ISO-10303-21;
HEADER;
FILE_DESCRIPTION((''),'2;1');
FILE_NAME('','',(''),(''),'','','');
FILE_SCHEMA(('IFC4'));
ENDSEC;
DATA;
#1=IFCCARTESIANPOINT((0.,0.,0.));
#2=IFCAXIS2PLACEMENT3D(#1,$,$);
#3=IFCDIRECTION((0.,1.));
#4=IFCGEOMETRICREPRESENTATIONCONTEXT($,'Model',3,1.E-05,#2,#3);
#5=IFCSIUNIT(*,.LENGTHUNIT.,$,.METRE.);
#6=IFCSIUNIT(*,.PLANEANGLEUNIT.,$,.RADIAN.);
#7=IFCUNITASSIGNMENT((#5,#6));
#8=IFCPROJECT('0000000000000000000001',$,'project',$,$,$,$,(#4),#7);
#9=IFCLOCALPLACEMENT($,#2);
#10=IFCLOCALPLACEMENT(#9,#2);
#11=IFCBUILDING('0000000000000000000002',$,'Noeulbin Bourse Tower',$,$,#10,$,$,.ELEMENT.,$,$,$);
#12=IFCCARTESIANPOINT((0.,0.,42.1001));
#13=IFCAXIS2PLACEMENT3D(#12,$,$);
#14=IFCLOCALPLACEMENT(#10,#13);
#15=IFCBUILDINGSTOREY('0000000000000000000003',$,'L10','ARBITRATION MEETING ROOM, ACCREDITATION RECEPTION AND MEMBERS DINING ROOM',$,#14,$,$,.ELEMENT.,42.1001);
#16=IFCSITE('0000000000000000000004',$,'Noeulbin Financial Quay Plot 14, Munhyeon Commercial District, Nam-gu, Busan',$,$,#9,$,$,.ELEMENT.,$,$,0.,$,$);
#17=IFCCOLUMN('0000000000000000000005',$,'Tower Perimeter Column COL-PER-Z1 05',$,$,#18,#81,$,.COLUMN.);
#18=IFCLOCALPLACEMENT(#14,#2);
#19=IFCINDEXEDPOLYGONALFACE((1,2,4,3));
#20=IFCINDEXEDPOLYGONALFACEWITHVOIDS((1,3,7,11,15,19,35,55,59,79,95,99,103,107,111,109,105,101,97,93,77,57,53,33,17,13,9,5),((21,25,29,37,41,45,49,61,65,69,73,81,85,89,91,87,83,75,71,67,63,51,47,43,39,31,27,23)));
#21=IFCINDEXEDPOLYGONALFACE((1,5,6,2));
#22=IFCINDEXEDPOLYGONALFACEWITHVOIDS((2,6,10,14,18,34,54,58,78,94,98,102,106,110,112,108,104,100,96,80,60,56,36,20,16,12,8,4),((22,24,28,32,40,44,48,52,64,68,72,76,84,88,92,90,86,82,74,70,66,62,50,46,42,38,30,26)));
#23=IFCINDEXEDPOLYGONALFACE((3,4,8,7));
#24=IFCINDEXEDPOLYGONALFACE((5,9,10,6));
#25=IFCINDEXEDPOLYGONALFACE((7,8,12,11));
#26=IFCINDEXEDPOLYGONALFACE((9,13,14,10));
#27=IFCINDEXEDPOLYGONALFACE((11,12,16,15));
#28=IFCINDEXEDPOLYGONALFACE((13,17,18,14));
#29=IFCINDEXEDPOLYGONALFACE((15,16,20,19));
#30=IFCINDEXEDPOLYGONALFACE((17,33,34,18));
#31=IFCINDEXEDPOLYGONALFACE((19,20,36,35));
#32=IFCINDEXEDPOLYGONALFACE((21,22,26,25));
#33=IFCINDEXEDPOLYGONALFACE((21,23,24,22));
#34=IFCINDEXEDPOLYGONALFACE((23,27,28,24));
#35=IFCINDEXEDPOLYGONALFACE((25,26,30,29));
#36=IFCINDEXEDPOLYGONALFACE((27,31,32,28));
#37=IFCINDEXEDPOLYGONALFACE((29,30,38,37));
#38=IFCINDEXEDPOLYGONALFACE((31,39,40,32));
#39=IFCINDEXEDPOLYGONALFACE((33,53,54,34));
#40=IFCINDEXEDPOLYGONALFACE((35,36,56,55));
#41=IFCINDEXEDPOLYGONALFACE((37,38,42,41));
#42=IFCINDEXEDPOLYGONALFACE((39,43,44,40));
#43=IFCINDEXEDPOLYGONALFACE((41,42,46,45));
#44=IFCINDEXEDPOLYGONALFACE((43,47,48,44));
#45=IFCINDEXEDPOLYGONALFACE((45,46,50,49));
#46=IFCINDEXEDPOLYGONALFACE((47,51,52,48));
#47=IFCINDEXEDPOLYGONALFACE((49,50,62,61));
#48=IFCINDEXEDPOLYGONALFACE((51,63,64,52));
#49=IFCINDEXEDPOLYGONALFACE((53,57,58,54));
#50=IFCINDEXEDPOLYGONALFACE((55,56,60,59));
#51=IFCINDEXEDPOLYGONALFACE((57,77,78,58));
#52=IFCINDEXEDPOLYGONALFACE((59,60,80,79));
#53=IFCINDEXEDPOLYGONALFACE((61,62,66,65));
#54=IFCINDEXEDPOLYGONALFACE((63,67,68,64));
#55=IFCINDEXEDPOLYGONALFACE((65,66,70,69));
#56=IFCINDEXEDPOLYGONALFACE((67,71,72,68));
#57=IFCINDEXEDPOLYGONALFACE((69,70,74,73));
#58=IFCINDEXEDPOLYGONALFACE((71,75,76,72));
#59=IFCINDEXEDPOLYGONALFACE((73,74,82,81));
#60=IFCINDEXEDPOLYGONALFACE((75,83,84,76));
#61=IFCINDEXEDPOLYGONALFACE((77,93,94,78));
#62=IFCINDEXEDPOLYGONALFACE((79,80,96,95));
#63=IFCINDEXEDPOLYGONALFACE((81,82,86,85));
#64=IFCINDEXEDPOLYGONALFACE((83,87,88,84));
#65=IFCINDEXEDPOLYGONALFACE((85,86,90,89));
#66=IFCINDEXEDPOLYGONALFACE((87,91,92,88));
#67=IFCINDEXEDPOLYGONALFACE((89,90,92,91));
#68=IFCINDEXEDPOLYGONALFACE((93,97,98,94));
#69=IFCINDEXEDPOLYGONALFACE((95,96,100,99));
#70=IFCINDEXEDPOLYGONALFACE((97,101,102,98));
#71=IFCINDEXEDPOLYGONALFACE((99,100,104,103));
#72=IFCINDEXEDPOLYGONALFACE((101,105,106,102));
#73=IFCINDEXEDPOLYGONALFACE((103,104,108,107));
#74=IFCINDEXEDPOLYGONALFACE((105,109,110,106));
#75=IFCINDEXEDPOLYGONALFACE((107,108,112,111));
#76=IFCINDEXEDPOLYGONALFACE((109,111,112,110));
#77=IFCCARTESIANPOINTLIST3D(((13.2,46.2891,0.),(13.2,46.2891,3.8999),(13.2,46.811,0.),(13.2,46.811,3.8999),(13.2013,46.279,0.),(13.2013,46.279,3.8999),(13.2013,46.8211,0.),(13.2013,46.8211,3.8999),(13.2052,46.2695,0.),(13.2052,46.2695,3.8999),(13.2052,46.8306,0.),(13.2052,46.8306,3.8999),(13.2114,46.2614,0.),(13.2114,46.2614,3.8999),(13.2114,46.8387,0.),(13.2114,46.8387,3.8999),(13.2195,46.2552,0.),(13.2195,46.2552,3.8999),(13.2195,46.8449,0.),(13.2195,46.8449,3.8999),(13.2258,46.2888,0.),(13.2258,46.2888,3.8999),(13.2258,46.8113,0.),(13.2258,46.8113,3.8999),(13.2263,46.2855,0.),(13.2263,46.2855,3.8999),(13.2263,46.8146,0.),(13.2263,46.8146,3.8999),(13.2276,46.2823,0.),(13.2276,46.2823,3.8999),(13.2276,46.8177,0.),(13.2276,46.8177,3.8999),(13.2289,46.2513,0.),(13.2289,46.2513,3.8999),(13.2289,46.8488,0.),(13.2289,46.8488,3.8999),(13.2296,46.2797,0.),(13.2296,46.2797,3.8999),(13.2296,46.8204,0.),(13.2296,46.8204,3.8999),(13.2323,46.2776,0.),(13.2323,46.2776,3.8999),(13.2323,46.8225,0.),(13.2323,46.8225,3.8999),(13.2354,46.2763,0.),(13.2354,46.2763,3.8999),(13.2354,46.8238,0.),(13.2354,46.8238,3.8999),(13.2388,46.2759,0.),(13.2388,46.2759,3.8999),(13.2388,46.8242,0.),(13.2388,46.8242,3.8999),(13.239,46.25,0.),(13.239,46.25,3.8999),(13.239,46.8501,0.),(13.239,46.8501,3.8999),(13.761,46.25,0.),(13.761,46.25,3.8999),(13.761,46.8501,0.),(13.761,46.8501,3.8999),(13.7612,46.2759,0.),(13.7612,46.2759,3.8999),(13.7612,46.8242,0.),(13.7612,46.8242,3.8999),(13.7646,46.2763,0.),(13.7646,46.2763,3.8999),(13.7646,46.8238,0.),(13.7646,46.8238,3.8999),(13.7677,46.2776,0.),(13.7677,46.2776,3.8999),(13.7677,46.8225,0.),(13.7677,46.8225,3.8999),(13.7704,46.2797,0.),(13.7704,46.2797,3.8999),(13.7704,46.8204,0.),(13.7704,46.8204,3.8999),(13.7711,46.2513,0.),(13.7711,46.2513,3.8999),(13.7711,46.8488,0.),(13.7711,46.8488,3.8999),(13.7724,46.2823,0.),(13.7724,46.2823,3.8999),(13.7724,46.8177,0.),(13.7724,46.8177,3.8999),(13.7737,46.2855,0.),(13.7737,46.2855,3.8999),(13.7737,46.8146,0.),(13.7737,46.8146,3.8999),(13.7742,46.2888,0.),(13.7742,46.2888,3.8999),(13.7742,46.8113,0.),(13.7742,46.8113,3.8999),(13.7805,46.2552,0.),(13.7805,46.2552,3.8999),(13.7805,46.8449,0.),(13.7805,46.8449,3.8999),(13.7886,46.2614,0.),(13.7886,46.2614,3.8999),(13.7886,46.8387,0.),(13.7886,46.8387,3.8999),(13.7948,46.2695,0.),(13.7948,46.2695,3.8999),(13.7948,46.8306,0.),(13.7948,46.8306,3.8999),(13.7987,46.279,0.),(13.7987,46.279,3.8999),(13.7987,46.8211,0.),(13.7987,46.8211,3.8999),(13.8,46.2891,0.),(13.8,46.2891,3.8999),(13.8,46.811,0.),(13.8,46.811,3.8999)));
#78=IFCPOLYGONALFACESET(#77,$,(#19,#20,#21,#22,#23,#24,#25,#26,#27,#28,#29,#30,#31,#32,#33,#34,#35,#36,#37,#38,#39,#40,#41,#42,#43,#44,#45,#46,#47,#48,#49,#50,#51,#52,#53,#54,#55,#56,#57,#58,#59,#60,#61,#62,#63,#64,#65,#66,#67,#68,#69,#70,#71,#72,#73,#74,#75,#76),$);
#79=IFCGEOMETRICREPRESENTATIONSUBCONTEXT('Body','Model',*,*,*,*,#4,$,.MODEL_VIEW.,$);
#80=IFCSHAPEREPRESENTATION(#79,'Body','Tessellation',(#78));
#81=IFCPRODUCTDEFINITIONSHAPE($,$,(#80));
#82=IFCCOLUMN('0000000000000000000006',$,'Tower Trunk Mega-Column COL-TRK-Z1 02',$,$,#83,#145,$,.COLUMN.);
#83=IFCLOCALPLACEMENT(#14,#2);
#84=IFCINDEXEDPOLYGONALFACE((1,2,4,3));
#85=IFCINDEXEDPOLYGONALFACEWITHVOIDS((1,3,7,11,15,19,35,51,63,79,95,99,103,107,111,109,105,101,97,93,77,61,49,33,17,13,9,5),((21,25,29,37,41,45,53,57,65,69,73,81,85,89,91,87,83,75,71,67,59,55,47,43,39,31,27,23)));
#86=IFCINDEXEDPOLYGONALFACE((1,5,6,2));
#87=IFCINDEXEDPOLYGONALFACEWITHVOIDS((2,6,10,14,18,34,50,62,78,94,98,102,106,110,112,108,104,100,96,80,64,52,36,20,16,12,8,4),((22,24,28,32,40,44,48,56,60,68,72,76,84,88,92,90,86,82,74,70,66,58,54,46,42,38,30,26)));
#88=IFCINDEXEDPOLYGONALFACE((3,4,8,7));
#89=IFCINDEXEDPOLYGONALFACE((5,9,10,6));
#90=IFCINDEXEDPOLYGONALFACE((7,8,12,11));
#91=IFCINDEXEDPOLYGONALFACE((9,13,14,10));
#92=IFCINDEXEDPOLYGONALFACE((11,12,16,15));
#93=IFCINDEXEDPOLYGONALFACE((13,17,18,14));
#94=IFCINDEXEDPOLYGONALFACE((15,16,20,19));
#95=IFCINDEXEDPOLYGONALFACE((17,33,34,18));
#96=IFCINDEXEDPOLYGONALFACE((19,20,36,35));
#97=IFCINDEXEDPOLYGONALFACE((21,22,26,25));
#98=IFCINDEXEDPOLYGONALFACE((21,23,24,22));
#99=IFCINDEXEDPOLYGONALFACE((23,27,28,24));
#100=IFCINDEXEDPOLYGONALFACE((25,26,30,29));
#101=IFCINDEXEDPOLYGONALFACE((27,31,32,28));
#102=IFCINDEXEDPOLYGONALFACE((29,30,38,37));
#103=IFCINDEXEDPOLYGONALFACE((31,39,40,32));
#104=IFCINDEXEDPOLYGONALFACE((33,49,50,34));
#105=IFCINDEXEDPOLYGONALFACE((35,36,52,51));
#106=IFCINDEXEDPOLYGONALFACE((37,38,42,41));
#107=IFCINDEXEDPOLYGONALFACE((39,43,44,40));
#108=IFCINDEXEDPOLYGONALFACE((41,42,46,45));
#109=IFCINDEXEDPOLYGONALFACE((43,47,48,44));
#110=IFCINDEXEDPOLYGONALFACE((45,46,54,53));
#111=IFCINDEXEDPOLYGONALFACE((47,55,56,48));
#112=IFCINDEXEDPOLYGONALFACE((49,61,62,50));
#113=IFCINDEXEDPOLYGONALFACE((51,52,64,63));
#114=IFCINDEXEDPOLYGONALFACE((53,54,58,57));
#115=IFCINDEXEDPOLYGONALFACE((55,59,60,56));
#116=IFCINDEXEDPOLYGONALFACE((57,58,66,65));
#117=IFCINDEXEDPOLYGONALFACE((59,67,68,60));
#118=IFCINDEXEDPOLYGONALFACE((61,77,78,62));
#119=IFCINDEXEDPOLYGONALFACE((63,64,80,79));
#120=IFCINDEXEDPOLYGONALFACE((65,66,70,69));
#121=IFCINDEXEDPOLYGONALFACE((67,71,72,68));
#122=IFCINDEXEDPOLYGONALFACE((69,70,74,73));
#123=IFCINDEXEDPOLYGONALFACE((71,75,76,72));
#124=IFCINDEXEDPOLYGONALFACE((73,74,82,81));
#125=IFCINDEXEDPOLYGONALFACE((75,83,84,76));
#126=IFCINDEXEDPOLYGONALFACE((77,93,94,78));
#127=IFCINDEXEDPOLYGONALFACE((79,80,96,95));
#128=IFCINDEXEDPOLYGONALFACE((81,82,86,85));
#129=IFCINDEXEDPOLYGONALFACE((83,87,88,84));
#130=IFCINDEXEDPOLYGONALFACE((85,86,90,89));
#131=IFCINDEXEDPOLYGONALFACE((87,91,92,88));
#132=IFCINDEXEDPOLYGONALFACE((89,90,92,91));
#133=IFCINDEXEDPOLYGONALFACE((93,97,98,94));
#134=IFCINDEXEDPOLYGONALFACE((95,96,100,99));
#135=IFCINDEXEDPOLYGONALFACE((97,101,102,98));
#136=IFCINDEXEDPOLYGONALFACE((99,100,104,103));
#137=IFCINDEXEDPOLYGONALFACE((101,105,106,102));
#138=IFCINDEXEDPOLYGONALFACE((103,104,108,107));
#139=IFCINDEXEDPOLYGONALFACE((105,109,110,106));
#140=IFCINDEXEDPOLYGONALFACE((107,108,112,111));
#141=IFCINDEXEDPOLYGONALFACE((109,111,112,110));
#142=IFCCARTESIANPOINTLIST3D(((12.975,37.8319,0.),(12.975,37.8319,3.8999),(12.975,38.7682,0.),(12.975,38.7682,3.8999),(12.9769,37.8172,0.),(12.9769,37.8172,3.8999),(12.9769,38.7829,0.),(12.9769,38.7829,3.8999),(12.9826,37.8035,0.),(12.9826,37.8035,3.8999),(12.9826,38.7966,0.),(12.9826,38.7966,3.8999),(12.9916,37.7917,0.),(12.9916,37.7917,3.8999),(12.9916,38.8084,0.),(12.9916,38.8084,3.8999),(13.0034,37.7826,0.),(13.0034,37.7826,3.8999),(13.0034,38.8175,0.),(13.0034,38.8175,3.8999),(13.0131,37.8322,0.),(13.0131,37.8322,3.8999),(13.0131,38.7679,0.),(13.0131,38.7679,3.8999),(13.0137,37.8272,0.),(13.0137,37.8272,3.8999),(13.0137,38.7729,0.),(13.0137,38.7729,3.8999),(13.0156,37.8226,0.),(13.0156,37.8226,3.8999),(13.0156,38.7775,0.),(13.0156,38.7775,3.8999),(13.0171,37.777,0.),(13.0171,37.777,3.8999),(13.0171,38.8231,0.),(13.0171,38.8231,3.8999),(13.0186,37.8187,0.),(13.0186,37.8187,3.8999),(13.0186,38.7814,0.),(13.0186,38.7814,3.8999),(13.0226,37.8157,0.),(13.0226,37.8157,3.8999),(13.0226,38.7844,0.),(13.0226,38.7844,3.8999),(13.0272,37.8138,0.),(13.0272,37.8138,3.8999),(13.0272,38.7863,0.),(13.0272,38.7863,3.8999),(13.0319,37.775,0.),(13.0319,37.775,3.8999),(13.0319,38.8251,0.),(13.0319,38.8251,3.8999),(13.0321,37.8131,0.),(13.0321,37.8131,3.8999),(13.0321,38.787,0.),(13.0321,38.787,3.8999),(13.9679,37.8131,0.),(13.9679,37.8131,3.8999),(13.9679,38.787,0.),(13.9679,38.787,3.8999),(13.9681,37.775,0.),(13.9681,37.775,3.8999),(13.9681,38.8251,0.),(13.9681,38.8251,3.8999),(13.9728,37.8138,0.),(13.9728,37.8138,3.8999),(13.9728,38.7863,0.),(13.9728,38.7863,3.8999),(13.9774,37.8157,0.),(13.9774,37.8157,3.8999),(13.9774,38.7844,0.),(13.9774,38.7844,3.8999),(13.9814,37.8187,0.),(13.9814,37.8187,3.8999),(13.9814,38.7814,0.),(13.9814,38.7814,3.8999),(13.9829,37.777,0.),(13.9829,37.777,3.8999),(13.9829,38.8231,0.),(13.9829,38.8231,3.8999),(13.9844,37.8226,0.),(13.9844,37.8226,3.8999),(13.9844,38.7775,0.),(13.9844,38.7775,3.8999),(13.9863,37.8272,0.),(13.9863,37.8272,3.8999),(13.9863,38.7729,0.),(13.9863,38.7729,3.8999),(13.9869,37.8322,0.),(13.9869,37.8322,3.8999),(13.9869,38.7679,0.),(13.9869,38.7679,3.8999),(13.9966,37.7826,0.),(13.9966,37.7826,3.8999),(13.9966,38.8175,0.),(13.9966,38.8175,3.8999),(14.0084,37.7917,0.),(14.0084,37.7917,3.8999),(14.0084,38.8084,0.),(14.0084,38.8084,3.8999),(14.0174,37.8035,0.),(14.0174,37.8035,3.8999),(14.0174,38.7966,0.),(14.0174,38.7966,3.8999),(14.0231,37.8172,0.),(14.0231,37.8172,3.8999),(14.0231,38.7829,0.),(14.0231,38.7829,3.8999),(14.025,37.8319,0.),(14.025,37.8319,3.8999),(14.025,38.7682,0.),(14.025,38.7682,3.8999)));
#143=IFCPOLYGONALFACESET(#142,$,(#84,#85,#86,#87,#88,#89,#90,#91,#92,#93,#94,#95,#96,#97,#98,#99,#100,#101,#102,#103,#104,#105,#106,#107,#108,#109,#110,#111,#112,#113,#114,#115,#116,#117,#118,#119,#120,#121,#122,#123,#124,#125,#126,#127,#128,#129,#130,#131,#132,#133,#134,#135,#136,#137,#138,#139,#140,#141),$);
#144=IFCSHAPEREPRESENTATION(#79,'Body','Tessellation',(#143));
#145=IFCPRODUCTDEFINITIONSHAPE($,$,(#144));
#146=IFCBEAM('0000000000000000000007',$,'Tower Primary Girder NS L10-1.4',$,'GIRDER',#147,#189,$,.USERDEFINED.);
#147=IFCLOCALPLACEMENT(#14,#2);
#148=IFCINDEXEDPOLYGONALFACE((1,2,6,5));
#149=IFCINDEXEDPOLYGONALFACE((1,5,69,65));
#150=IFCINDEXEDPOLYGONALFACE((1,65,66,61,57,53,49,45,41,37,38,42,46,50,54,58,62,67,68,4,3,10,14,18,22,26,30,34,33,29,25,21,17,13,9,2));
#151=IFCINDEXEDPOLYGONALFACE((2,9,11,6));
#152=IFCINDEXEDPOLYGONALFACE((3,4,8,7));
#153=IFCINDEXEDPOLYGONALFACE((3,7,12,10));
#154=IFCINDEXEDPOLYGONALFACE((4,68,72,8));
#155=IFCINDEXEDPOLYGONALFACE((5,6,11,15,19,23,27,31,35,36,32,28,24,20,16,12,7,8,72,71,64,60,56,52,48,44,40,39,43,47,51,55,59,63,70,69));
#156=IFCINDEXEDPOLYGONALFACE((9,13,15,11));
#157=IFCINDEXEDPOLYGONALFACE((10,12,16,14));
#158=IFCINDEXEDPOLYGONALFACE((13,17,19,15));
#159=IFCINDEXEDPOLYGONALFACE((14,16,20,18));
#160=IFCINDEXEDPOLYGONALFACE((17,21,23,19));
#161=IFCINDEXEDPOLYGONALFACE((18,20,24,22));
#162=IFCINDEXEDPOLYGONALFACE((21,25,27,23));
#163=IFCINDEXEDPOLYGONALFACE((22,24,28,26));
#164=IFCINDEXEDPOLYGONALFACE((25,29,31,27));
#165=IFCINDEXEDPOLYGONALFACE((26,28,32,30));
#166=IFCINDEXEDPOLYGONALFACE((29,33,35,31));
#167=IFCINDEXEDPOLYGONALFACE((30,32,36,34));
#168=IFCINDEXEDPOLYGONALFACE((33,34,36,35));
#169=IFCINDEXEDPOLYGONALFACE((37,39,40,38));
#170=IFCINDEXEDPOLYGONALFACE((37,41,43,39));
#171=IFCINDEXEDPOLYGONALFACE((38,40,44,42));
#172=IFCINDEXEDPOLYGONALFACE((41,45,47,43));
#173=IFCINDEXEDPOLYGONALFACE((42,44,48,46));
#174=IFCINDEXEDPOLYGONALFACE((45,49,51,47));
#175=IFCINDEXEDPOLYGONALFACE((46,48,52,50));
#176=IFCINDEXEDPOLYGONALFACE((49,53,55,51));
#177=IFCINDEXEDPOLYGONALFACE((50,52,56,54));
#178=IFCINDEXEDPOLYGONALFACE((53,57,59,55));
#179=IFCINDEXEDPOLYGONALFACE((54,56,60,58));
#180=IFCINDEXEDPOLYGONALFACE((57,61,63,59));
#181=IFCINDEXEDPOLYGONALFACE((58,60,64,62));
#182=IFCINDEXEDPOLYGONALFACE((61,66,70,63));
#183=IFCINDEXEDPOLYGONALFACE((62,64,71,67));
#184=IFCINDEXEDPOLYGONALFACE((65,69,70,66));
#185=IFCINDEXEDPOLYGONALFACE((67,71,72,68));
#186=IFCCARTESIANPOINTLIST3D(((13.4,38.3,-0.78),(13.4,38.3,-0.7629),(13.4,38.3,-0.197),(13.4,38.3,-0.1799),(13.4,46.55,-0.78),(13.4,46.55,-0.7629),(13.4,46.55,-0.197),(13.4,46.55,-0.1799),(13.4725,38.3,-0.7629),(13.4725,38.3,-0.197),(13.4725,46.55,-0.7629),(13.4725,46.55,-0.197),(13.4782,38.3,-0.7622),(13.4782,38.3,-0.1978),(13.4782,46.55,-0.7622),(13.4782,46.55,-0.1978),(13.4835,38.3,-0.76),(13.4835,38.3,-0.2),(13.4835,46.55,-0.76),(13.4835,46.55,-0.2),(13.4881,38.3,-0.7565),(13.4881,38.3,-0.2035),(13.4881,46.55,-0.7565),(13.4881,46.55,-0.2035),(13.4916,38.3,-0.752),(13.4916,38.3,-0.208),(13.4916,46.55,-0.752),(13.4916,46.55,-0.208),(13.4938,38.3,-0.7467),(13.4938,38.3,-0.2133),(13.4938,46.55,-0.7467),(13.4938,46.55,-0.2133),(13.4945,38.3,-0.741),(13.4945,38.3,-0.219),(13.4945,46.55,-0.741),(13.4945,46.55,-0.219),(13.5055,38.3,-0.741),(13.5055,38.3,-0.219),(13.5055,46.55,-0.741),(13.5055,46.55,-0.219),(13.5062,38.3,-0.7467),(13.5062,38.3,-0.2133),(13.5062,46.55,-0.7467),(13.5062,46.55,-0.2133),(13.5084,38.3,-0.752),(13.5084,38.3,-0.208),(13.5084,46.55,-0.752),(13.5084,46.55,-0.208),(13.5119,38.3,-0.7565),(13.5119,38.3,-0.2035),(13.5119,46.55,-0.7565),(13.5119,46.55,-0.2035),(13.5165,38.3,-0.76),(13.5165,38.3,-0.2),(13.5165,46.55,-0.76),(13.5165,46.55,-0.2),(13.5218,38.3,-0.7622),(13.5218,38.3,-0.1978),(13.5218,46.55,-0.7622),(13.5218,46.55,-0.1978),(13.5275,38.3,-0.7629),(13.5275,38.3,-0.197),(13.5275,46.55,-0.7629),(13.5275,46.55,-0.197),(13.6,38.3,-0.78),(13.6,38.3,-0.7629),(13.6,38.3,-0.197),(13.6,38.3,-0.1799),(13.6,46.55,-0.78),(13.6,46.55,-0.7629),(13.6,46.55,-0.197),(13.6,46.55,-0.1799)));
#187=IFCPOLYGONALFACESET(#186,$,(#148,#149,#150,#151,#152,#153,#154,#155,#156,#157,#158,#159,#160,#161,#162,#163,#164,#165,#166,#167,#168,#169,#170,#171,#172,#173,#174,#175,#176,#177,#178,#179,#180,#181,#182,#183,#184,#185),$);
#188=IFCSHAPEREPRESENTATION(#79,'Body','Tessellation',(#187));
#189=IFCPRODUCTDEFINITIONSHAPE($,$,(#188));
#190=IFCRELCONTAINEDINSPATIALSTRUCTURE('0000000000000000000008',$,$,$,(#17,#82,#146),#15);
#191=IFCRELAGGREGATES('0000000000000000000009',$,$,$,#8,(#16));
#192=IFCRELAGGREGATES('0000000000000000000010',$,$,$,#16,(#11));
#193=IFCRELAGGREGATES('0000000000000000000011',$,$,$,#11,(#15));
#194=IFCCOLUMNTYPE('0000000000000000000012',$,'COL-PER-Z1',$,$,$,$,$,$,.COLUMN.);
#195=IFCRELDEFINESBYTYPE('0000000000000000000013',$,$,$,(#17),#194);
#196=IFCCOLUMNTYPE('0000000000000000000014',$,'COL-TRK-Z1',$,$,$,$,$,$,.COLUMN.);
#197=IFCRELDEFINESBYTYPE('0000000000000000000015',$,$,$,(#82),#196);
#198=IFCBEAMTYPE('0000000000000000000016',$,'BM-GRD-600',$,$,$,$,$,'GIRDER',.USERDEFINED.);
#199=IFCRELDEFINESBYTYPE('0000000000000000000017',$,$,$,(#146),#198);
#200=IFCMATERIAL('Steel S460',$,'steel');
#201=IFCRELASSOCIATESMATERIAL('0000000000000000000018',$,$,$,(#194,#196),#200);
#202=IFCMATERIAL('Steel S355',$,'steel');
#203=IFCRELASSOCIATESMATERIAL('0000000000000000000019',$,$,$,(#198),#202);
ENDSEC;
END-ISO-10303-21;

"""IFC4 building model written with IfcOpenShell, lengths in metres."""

from ifc_helpers import new_model, si_unit, direction, frame, origin, origin_2d, place, context, subcontext, project, spatial, hollow_rectangle, i_section, extrude, material, material_profile, profile_set, type_object, element, save


model = new_model("IFC4")

# Units and contexts
model_context = context("Model", 3, precision=1e-05, world=origin(), true_north=direction((0.0, 1.0)))
body_context = subcontext(model_context, "Body", "Model", "MODEL_VIEW")
ifc_project = project(units=[si_unit("LENGTHUNIT", "METRE"), si_unit("PLANEANGLEUNIT", "RADIAN")], contexts=[model_context])

# Site, building, storey
site_placement = place(None, origin())
site = spatial("IfcSite", under=ifc_project, at=site_placement, Name="Noeulbin Financial Quay Plot 14, Munhyeon Commercial District, Nam-gu, Busan", CompositionType="ELEMENT", RefElevation=0.0)
building_placement = place(site_placement, origin())
building = spatial("IfcBuilding", under=site, at=building_placement, Name="Noeulbin Bourse Tower", CompositionType="ELEMENT")
storey_placement = place(building_placement, frame((0.0, 0.0, 42.1001)))
storey = spatial("IfcBuildingStorey", under=building, at=storey_placement, Name="L10", Description="ARBITRATION MEETING ROOM, ACCREDITATION RECEPTION AND MEMBERS DINING ROOM", CompositionType="ELEMENT", Elevation=42.1001)

# Columns
ifc_material_1 = material(Name="Steel S460", Category="steel")
ifc_material_profile_1 = material_profile(ifc_material_1, hollow_rectangle(XDim=0.6001, YDim=0.6001, WallThickness=0.0259, InnerFilletRadius=0.0129, OuterFilletRadius=0.0391, at=origin_2d()), Name="BOX-600x600x26", Category="LoadBearing")
ifc_profile_set_1 = profile_set([ifc_material_profile_1], Name="Steel S460")
column_type_1 = type_object("IfcColumnType", Name="COL-PER-Z1", PredefinedType="COLUMN", material=ifc_profile_set_1)
column_1_placement = place(storey_placement, frame((13.5, 46.55, 0.0), z_axis=(0.0, 0.0, 1.0), x_axis=(1.0, 0.0, 0.0)))
element("IfcColumn", 1, at=column_1_placement, inside=storey, type_object=column_type_1, Name="Tower Perimeter Column COL-PER-Z1 05", PredefinedType="COLUMN", context=body_context, shape_type="SweptSolid", body=[
    extrude(hollow_rectangle(XDim=0.6001, YDim=0.6001, WallThickness=0.0259, InnerFilletRadius=0.0129, OuterFilletRadius=0.0391, at=origin_2d()), origin(), (0.0, 0.0, 1.0), 3.8999),
])
ifc_material_profile_2 = material_profile(ifc_material_1, hollow_rectangle(XDim=1.05, YDim=1.05, WallThickness=0.0381, InnerFilletRadius=0.019, OuterFilletRadius=0.0569, at=origin_2d()), Name="BOX-1050x1050x38", Category="LoadBearing")
ifc_profile_set_2 = profile_set([ifc_material_profile_2], Name="Steel S460")
column_type_2 = type_object("IfcColumnType", Name="COL-TRK-Z1", PredefinedType="COLUMN", material=ifc_profile_set_2)
column_2_placement = place(storey_placement, frame((13.5, 38.3, 0.0), z_axis=(0.0, 0.0, 1.0), x_axis=(1.0, 0.0, 0.0)))
element("IfcColumn", 2, at=column_2_placement, inside=storey, type_object=column_type_2, Name="Tower Trunk Mega-Column COL-TRK-Z1 02", PredefinedType="COLUMN", context=body_context, shape_type="SweptSolid", body=[
    extrude(hollow_rectangle(XDim=1.05, YDim=1.05, WallThickness=0.0381, InnerFilletRadius=0.019, OuterFilletRadius=0.0569, at=origin_2d()), origin(), (0.0, 0.0, 1.0), 3.8999),
])

# Beam
ifc_material_2 = material(Name="Steel S355", Category="steel")
ifc_material_profile_3 = material_profile(ifc_material_2, i_section(OverallWidth=0.2, OverallDepth=0.6001, WebThickness=0.011, FlangeThickness=0.0171, FilletRadius=0.022, at=origin_2d()), Name="H-600x200x11x17", Category="LoadBearing")
ifc_profile_set_3 = profile_set([ifc_material_profile_3], Name="Steel S355")
beam_type_1 = type_object("IfcBeamType", Name="BM-GRD-600", ElementType="GIRDER", PredefinedType="USERDEFINED", material=ifc_profile_set_3)
beam_1_placement = place(storey_placement, frame((13.5, 38.3, -0.48), z_axis=(0.0, 1.0, 0.0), x_axis=(-1.0, 0.0, 0.0)))
element("IfcBeam", 3, at=beam_1_placement, inside=storey, type_object=beam_type_1, Name="Tower Primary Girder NS L10-1.4", ObjectType="GIRDER", PredefinedType="USERDEFINED", context=body_context, shape_type="SweptSolid", body=[
    extrude(i_section(OverallWidth=0.2, OverallDepth=0.6001, WebThickness=0.011, FlangeThickness=0.0171, FilletRadius=0.022, at=origin_2d()), origin(), (0.0, 0.0, 1.0), 8.25),
])

save(model, "model.ifc")
